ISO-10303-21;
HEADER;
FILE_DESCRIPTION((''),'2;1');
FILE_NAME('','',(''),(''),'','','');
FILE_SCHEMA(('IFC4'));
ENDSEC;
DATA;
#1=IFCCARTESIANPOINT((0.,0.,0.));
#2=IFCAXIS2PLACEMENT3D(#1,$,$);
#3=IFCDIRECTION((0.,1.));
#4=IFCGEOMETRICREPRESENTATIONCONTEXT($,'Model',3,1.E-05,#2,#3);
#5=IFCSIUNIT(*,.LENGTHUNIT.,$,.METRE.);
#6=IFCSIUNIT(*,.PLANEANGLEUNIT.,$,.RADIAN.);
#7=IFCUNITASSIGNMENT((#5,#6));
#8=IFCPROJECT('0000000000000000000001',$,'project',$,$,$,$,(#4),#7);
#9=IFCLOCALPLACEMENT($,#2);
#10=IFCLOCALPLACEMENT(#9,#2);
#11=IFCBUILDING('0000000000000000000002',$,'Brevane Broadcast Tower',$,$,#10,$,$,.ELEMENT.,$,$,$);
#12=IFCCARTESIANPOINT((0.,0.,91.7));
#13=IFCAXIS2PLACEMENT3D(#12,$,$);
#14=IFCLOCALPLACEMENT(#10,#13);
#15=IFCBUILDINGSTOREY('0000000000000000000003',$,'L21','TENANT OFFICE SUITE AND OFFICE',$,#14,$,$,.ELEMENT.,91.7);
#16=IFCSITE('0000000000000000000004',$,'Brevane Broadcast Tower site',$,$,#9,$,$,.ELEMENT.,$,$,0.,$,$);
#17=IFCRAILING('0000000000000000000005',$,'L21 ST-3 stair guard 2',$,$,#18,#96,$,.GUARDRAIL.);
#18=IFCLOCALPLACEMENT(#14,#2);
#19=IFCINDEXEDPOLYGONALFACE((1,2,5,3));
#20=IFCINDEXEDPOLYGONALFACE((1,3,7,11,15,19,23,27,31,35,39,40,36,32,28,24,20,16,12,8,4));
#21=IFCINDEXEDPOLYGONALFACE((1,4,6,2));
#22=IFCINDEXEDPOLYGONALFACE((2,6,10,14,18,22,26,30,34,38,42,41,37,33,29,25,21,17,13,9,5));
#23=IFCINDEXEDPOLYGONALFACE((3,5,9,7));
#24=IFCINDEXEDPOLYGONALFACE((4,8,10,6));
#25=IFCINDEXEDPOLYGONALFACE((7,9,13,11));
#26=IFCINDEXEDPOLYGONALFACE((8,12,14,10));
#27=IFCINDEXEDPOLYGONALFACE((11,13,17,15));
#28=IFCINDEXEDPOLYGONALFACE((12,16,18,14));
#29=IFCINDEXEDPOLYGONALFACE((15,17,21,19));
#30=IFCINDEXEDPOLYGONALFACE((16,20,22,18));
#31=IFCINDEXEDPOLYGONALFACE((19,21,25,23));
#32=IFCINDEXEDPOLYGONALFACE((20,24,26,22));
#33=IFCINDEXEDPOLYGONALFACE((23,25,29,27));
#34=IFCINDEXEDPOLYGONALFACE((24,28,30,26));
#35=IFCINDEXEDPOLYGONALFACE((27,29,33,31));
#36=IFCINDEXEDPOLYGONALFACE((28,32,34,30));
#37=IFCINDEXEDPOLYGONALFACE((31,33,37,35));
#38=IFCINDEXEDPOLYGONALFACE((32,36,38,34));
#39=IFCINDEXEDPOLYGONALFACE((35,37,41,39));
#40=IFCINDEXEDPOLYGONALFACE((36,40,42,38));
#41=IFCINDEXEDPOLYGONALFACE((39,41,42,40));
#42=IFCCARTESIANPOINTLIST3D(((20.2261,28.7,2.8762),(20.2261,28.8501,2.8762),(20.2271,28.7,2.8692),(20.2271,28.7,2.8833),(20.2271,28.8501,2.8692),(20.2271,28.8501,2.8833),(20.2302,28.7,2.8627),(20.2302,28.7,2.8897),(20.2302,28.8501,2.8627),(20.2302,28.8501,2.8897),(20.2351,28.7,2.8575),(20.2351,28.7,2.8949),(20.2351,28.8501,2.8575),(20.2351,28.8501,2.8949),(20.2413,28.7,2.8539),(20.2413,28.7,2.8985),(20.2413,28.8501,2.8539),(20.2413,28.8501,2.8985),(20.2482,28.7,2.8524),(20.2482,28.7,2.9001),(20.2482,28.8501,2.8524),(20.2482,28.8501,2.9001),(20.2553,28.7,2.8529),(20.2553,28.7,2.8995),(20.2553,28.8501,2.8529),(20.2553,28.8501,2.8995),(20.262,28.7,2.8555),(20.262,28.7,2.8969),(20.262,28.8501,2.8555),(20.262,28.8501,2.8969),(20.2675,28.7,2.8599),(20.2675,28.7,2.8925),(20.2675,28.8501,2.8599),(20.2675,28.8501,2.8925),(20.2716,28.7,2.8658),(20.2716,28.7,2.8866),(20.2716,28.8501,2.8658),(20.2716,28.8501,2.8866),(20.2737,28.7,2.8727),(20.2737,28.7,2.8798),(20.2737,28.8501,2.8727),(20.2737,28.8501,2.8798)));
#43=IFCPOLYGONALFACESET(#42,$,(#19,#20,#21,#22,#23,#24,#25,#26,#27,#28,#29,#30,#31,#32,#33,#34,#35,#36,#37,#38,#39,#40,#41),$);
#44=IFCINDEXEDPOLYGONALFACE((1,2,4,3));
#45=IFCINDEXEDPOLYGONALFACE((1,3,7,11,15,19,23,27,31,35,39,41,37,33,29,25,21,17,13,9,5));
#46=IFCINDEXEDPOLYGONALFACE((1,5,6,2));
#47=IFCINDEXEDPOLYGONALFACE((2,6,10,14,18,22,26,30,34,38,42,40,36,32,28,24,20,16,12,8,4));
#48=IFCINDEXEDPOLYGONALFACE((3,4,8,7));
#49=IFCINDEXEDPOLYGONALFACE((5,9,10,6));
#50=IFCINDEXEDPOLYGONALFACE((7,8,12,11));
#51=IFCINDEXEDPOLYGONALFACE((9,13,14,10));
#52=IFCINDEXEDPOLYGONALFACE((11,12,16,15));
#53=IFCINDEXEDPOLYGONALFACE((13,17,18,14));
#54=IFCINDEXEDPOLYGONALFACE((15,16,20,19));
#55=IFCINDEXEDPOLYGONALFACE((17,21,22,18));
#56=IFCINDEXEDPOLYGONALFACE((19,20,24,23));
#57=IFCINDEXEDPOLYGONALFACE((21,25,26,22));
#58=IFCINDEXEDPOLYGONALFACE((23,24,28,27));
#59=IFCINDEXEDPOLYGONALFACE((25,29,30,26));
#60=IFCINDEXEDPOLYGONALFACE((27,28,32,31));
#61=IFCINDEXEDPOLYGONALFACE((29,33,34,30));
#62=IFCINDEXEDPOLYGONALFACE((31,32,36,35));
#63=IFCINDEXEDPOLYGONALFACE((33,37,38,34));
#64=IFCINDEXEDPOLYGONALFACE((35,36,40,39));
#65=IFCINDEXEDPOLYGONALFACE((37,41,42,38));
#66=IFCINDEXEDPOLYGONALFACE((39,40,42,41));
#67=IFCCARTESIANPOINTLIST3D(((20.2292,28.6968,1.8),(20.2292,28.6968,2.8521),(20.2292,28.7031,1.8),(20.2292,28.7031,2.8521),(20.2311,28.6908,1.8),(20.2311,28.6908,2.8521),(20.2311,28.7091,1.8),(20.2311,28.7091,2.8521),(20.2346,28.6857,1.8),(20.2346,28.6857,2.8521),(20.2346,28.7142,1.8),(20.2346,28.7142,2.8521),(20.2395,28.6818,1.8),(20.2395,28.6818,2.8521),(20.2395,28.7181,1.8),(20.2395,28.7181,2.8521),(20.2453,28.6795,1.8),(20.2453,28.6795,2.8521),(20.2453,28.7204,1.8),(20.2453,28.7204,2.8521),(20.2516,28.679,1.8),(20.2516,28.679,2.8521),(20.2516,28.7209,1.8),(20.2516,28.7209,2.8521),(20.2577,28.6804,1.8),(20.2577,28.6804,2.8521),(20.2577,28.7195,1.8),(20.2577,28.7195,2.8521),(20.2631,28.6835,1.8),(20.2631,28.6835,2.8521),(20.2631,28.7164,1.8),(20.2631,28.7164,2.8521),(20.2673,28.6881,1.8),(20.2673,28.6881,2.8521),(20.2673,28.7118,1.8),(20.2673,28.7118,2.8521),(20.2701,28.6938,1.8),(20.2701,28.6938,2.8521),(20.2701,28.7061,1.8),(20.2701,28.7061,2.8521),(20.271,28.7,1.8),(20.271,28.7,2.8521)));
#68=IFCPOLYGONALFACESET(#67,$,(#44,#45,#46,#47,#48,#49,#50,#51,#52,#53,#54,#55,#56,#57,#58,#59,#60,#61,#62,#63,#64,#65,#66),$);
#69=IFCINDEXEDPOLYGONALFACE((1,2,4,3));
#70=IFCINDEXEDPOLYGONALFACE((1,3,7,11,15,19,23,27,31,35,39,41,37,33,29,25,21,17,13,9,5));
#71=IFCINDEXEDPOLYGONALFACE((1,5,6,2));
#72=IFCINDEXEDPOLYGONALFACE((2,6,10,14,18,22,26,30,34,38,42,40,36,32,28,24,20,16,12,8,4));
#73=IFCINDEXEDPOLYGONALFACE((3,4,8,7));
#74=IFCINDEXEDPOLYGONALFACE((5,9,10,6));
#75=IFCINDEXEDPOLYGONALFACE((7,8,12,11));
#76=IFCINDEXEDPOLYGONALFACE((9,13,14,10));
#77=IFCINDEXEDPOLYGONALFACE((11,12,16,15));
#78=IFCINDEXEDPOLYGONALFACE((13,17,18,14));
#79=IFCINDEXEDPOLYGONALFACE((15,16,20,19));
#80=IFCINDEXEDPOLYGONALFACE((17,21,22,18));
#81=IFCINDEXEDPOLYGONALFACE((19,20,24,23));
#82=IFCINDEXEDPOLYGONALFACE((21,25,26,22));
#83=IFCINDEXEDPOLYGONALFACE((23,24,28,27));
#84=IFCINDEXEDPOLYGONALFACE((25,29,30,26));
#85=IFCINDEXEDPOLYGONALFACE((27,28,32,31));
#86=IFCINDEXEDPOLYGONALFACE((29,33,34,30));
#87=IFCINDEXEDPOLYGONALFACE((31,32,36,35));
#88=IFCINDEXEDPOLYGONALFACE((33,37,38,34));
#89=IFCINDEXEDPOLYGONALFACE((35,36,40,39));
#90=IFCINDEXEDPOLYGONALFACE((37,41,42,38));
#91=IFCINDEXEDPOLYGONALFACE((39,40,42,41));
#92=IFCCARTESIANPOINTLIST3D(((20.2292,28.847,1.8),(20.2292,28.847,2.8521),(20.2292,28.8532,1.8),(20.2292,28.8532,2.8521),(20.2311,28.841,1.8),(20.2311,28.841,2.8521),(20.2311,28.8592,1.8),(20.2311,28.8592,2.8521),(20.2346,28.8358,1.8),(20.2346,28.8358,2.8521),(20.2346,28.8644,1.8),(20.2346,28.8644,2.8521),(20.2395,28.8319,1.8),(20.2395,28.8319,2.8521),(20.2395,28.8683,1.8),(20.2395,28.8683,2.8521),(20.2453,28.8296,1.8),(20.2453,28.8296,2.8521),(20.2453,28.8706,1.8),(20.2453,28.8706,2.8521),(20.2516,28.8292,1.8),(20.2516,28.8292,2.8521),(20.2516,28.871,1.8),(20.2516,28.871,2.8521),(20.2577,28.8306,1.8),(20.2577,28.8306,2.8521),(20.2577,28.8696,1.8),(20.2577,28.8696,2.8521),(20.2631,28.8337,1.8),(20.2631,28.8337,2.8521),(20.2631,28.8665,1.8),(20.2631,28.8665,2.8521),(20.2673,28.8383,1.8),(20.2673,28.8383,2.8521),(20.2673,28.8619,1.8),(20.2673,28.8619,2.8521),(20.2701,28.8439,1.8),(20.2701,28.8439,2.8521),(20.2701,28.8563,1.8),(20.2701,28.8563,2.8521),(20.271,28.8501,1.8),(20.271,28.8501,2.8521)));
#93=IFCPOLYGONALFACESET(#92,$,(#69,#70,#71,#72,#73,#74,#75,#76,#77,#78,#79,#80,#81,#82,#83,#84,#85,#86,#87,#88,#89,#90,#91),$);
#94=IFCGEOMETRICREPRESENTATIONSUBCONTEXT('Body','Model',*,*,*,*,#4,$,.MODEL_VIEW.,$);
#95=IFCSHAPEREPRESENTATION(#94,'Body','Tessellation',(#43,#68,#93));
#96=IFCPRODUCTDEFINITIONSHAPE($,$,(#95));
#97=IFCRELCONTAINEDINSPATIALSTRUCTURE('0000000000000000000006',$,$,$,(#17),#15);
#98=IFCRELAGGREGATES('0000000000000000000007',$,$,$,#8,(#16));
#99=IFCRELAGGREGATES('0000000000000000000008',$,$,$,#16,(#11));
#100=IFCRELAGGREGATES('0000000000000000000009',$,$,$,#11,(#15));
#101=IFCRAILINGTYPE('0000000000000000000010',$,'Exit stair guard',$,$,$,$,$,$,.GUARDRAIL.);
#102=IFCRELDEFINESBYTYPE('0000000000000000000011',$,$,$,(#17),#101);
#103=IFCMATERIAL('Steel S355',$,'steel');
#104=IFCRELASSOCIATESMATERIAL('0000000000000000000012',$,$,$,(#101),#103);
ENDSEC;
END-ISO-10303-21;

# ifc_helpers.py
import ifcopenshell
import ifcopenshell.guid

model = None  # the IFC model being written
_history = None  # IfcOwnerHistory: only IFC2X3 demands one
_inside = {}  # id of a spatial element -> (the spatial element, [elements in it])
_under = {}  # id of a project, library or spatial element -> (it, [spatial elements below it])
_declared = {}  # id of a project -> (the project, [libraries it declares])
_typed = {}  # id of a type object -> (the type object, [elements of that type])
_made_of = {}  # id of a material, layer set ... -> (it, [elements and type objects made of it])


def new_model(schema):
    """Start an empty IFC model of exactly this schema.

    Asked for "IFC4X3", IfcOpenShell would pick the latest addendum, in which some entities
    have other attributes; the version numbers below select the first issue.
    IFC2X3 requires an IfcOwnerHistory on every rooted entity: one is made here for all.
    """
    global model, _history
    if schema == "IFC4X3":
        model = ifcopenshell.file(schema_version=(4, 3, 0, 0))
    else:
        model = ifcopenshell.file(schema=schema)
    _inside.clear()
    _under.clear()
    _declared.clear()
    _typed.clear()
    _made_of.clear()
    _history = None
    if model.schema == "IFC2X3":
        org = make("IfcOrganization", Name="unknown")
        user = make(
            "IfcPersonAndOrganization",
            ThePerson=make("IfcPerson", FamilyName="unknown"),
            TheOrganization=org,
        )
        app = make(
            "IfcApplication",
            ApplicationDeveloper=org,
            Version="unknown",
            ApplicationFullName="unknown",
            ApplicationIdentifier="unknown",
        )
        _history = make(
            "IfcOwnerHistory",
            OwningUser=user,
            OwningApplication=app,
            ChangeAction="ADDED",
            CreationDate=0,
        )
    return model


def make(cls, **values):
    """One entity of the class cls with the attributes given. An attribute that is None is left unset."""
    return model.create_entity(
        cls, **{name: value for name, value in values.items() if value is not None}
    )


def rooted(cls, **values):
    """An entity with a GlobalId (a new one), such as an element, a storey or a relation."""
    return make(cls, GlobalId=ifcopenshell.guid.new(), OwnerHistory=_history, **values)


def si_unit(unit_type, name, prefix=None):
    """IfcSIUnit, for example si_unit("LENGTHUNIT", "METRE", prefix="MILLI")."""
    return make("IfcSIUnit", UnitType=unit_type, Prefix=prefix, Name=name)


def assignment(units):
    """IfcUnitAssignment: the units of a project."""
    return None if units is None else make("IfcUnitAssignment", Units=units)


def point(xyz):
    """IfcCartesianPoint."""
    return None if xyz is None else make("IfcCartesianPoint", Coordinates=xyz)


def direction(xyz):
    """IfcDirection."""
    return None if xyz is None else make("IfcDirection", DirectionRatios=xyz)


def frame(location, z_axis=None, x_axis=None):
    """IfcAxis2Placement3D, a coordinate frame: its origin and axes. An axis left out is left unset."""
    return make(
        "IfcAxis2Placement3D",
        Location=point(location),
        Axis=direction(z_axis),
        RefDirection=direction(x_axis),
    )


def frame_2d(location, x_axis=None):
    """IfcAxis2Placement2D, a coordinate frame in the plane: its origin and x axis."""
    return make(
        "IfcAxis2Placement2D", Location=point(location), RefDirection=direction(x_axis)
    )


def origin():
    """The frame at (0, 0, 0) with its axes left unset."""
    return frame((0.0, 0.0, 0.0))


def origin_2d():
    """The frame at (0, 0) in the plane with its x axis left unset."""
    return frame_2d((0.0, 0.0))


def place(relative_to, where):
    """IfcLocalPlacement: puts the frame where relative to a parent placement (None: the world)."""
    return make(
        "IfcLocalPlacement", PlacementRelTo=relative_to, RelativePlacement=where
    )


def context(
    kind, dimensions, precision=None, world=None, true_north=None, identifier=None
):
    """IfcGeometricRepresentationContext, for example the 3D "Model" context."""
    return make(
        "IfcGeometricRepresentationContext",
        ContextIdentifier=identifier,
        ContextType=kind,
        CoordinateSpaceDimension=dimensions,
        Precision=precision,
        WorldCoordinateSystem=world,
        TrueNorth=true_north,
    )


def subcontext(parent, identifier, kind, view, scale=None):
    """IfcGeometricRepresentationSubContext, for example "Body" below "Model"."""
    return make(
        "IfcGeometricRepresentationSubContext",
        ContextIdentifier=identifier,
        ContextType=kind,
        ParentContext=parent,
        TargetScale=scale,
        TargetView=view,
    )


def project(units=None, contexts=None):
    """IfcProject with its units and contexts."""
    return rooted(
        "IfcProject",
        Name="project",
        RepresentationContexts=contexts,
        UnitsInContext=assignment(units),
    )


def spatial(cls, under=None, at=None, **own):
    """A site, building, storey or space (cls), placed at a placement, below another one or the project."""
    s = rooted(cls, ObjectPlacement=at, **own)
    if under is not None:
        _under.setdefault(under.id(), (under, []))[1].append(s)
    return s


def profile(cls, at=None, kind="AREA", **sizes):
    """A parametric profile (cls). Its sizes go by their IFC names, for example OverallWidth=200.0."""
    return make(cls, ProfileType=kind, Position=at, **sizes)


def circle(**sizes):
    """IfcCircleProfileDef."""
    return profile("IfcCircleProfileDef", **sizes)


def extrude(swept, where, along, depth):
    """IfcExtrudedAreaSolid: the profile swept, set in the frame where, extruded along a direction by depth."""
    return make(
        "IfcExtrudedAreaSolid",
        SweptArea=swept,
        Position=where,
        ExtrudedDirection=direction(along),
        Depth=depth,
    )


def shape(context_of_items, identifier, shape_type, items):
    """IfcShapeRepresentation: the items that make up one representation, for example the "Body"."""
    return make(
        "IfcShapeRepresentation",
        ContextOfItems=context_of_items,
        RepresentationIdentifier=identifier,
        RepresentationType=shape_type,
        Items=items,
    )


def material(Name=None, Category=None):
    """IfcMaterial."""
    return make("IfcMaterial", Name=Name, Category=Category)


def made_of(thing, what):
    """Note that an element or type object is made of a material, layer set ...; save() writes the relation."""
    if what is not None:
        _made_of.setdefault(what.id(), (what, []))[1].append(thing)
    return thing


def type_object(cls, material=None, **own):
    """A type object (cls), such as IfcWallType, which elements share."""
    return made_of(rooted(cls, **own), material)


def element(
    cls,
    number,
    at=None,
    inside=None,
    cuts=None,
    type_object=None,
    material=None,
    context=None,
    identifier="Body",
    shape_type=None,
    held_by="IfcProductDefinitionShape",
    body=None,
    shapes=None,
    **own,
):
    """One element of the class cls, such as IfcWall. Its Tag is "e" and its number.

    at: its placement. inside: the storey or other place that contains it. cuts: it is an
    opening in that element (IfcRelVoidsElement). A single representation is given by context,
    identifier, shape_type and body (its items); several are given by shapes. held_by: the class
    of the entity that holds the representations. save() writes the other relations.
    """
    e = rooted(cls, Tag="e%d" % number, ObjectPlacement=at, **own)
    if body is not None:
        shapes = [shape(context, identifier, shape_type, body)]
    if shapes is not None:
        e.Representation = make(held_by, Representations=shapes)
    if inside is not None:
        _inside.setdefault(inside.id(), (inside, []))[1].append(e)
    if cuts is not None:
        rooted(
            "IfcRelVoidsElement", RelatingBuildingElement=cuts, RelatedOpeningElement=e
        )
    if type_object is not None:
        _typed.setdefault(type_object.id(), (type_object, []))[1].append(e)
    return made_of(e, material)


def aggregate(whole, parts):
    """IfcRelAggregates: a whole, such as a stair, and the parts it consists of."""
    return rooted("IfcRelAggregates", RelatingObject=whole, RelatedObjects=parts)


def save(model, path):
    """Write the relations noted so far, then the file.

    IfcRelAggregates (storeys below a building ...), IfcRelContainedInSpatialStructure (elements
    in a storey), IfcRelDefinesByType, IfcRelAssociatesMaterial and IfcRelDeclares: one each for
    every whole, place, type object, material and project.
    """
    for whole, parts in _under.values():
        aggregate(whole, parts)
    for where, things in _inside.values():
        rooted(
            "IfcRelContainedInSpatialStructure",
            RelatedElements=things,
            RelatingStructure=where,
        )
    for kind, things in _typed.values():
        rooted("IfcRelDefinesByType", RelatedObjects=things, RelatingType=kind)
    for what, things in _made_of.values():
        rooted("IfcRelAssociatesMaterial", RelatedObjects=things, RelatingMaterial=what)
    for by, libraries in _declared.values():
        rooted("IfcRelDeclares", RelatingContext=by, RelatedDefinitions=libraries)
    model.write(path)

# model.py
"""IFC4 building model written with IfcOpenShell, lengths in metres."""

from ifc_helpers import new_model, si_unit, direction, frame, origin, origin_2d, place, context, subcontext, project, spatial, circle, extrude, material, type_object, element, save


model = new_model("IFC4")

# Units and contexts
model_context = context("Model", 3, precision=1e-05, world=origin(), true_north=direction((0.0, 1.0)))
body_context = subcontext(model_context, "Body", "Model", "MODEL_VIEW")
ifc_project = project(units=[si_unit("LENGTHUNIT", "METRE"), si_unit("PLANEANGLEUNIT", "RADIAN")], contexts=[model_context])

# Site, building, storey
site_placement = place(None, origin())
site = spatial("IfcSite", under=ifc_project, at=site_placement, Name="Brevane Broadcast Tower site", CompositionType="ELEMENT", RefElevation=0.0)
building_placement = place(site_placement, origin())
building = spatial("IfcBuilding", under=site, at=building_placement, Name="Brevane Broadcast Tower", CompositionType="ELEMENT")
storey_placement = place(building_placement, frame((0.0, 0.0, 91.7)))
storey = spatial("IfcBuildingStorey", under=building, at=storey_placement, Name="L21", Description="TENANT OFFICE SUITE AND OFFICE", CompositionType="ELEMENT", Elevation=91.7)

# Railing
ifc_material_1 = material(Name="Steel S355", Category="steel")
railing_type_1 = type_object("IfcRailingType", Name="Exit stair guard", PredefinedType="GUARDRAIL", material=ifc_material_1)
railing_1_placement = place(storey_placement, frame((20.25, 28.7, 1.8)))
element("IfcRailing", 1, at=railing_1_placement, inside=storey, type_object=railing_type_1, Name="L21 ST-3 stair guard 2", PredefinedType="GUARDRAIL", context=body_context, shape_type="SweptSolid", body=[
    extrude(circle(Radius=0.0239, at=origin_2d()), frame((0.0, 0.0, 1.0762), z_axis=(0.0, 1.0, 0.0), x_axis=(-1.0, 0.0, 0.0)), (0.0, 0.0, 1.0), 0.1501),
    extrude(circle(Radius=0.021, at=origin_2d()), origin(), (0.0, 0.0, 1.0), 1.052),
    extrude(circle(Radius=0.021, at=origin_2d()), frame((0.0, 0.1501, 0.0)), (0.0, 0.0, 1.0), 1.052),
])

save(model, "model.ifc")
